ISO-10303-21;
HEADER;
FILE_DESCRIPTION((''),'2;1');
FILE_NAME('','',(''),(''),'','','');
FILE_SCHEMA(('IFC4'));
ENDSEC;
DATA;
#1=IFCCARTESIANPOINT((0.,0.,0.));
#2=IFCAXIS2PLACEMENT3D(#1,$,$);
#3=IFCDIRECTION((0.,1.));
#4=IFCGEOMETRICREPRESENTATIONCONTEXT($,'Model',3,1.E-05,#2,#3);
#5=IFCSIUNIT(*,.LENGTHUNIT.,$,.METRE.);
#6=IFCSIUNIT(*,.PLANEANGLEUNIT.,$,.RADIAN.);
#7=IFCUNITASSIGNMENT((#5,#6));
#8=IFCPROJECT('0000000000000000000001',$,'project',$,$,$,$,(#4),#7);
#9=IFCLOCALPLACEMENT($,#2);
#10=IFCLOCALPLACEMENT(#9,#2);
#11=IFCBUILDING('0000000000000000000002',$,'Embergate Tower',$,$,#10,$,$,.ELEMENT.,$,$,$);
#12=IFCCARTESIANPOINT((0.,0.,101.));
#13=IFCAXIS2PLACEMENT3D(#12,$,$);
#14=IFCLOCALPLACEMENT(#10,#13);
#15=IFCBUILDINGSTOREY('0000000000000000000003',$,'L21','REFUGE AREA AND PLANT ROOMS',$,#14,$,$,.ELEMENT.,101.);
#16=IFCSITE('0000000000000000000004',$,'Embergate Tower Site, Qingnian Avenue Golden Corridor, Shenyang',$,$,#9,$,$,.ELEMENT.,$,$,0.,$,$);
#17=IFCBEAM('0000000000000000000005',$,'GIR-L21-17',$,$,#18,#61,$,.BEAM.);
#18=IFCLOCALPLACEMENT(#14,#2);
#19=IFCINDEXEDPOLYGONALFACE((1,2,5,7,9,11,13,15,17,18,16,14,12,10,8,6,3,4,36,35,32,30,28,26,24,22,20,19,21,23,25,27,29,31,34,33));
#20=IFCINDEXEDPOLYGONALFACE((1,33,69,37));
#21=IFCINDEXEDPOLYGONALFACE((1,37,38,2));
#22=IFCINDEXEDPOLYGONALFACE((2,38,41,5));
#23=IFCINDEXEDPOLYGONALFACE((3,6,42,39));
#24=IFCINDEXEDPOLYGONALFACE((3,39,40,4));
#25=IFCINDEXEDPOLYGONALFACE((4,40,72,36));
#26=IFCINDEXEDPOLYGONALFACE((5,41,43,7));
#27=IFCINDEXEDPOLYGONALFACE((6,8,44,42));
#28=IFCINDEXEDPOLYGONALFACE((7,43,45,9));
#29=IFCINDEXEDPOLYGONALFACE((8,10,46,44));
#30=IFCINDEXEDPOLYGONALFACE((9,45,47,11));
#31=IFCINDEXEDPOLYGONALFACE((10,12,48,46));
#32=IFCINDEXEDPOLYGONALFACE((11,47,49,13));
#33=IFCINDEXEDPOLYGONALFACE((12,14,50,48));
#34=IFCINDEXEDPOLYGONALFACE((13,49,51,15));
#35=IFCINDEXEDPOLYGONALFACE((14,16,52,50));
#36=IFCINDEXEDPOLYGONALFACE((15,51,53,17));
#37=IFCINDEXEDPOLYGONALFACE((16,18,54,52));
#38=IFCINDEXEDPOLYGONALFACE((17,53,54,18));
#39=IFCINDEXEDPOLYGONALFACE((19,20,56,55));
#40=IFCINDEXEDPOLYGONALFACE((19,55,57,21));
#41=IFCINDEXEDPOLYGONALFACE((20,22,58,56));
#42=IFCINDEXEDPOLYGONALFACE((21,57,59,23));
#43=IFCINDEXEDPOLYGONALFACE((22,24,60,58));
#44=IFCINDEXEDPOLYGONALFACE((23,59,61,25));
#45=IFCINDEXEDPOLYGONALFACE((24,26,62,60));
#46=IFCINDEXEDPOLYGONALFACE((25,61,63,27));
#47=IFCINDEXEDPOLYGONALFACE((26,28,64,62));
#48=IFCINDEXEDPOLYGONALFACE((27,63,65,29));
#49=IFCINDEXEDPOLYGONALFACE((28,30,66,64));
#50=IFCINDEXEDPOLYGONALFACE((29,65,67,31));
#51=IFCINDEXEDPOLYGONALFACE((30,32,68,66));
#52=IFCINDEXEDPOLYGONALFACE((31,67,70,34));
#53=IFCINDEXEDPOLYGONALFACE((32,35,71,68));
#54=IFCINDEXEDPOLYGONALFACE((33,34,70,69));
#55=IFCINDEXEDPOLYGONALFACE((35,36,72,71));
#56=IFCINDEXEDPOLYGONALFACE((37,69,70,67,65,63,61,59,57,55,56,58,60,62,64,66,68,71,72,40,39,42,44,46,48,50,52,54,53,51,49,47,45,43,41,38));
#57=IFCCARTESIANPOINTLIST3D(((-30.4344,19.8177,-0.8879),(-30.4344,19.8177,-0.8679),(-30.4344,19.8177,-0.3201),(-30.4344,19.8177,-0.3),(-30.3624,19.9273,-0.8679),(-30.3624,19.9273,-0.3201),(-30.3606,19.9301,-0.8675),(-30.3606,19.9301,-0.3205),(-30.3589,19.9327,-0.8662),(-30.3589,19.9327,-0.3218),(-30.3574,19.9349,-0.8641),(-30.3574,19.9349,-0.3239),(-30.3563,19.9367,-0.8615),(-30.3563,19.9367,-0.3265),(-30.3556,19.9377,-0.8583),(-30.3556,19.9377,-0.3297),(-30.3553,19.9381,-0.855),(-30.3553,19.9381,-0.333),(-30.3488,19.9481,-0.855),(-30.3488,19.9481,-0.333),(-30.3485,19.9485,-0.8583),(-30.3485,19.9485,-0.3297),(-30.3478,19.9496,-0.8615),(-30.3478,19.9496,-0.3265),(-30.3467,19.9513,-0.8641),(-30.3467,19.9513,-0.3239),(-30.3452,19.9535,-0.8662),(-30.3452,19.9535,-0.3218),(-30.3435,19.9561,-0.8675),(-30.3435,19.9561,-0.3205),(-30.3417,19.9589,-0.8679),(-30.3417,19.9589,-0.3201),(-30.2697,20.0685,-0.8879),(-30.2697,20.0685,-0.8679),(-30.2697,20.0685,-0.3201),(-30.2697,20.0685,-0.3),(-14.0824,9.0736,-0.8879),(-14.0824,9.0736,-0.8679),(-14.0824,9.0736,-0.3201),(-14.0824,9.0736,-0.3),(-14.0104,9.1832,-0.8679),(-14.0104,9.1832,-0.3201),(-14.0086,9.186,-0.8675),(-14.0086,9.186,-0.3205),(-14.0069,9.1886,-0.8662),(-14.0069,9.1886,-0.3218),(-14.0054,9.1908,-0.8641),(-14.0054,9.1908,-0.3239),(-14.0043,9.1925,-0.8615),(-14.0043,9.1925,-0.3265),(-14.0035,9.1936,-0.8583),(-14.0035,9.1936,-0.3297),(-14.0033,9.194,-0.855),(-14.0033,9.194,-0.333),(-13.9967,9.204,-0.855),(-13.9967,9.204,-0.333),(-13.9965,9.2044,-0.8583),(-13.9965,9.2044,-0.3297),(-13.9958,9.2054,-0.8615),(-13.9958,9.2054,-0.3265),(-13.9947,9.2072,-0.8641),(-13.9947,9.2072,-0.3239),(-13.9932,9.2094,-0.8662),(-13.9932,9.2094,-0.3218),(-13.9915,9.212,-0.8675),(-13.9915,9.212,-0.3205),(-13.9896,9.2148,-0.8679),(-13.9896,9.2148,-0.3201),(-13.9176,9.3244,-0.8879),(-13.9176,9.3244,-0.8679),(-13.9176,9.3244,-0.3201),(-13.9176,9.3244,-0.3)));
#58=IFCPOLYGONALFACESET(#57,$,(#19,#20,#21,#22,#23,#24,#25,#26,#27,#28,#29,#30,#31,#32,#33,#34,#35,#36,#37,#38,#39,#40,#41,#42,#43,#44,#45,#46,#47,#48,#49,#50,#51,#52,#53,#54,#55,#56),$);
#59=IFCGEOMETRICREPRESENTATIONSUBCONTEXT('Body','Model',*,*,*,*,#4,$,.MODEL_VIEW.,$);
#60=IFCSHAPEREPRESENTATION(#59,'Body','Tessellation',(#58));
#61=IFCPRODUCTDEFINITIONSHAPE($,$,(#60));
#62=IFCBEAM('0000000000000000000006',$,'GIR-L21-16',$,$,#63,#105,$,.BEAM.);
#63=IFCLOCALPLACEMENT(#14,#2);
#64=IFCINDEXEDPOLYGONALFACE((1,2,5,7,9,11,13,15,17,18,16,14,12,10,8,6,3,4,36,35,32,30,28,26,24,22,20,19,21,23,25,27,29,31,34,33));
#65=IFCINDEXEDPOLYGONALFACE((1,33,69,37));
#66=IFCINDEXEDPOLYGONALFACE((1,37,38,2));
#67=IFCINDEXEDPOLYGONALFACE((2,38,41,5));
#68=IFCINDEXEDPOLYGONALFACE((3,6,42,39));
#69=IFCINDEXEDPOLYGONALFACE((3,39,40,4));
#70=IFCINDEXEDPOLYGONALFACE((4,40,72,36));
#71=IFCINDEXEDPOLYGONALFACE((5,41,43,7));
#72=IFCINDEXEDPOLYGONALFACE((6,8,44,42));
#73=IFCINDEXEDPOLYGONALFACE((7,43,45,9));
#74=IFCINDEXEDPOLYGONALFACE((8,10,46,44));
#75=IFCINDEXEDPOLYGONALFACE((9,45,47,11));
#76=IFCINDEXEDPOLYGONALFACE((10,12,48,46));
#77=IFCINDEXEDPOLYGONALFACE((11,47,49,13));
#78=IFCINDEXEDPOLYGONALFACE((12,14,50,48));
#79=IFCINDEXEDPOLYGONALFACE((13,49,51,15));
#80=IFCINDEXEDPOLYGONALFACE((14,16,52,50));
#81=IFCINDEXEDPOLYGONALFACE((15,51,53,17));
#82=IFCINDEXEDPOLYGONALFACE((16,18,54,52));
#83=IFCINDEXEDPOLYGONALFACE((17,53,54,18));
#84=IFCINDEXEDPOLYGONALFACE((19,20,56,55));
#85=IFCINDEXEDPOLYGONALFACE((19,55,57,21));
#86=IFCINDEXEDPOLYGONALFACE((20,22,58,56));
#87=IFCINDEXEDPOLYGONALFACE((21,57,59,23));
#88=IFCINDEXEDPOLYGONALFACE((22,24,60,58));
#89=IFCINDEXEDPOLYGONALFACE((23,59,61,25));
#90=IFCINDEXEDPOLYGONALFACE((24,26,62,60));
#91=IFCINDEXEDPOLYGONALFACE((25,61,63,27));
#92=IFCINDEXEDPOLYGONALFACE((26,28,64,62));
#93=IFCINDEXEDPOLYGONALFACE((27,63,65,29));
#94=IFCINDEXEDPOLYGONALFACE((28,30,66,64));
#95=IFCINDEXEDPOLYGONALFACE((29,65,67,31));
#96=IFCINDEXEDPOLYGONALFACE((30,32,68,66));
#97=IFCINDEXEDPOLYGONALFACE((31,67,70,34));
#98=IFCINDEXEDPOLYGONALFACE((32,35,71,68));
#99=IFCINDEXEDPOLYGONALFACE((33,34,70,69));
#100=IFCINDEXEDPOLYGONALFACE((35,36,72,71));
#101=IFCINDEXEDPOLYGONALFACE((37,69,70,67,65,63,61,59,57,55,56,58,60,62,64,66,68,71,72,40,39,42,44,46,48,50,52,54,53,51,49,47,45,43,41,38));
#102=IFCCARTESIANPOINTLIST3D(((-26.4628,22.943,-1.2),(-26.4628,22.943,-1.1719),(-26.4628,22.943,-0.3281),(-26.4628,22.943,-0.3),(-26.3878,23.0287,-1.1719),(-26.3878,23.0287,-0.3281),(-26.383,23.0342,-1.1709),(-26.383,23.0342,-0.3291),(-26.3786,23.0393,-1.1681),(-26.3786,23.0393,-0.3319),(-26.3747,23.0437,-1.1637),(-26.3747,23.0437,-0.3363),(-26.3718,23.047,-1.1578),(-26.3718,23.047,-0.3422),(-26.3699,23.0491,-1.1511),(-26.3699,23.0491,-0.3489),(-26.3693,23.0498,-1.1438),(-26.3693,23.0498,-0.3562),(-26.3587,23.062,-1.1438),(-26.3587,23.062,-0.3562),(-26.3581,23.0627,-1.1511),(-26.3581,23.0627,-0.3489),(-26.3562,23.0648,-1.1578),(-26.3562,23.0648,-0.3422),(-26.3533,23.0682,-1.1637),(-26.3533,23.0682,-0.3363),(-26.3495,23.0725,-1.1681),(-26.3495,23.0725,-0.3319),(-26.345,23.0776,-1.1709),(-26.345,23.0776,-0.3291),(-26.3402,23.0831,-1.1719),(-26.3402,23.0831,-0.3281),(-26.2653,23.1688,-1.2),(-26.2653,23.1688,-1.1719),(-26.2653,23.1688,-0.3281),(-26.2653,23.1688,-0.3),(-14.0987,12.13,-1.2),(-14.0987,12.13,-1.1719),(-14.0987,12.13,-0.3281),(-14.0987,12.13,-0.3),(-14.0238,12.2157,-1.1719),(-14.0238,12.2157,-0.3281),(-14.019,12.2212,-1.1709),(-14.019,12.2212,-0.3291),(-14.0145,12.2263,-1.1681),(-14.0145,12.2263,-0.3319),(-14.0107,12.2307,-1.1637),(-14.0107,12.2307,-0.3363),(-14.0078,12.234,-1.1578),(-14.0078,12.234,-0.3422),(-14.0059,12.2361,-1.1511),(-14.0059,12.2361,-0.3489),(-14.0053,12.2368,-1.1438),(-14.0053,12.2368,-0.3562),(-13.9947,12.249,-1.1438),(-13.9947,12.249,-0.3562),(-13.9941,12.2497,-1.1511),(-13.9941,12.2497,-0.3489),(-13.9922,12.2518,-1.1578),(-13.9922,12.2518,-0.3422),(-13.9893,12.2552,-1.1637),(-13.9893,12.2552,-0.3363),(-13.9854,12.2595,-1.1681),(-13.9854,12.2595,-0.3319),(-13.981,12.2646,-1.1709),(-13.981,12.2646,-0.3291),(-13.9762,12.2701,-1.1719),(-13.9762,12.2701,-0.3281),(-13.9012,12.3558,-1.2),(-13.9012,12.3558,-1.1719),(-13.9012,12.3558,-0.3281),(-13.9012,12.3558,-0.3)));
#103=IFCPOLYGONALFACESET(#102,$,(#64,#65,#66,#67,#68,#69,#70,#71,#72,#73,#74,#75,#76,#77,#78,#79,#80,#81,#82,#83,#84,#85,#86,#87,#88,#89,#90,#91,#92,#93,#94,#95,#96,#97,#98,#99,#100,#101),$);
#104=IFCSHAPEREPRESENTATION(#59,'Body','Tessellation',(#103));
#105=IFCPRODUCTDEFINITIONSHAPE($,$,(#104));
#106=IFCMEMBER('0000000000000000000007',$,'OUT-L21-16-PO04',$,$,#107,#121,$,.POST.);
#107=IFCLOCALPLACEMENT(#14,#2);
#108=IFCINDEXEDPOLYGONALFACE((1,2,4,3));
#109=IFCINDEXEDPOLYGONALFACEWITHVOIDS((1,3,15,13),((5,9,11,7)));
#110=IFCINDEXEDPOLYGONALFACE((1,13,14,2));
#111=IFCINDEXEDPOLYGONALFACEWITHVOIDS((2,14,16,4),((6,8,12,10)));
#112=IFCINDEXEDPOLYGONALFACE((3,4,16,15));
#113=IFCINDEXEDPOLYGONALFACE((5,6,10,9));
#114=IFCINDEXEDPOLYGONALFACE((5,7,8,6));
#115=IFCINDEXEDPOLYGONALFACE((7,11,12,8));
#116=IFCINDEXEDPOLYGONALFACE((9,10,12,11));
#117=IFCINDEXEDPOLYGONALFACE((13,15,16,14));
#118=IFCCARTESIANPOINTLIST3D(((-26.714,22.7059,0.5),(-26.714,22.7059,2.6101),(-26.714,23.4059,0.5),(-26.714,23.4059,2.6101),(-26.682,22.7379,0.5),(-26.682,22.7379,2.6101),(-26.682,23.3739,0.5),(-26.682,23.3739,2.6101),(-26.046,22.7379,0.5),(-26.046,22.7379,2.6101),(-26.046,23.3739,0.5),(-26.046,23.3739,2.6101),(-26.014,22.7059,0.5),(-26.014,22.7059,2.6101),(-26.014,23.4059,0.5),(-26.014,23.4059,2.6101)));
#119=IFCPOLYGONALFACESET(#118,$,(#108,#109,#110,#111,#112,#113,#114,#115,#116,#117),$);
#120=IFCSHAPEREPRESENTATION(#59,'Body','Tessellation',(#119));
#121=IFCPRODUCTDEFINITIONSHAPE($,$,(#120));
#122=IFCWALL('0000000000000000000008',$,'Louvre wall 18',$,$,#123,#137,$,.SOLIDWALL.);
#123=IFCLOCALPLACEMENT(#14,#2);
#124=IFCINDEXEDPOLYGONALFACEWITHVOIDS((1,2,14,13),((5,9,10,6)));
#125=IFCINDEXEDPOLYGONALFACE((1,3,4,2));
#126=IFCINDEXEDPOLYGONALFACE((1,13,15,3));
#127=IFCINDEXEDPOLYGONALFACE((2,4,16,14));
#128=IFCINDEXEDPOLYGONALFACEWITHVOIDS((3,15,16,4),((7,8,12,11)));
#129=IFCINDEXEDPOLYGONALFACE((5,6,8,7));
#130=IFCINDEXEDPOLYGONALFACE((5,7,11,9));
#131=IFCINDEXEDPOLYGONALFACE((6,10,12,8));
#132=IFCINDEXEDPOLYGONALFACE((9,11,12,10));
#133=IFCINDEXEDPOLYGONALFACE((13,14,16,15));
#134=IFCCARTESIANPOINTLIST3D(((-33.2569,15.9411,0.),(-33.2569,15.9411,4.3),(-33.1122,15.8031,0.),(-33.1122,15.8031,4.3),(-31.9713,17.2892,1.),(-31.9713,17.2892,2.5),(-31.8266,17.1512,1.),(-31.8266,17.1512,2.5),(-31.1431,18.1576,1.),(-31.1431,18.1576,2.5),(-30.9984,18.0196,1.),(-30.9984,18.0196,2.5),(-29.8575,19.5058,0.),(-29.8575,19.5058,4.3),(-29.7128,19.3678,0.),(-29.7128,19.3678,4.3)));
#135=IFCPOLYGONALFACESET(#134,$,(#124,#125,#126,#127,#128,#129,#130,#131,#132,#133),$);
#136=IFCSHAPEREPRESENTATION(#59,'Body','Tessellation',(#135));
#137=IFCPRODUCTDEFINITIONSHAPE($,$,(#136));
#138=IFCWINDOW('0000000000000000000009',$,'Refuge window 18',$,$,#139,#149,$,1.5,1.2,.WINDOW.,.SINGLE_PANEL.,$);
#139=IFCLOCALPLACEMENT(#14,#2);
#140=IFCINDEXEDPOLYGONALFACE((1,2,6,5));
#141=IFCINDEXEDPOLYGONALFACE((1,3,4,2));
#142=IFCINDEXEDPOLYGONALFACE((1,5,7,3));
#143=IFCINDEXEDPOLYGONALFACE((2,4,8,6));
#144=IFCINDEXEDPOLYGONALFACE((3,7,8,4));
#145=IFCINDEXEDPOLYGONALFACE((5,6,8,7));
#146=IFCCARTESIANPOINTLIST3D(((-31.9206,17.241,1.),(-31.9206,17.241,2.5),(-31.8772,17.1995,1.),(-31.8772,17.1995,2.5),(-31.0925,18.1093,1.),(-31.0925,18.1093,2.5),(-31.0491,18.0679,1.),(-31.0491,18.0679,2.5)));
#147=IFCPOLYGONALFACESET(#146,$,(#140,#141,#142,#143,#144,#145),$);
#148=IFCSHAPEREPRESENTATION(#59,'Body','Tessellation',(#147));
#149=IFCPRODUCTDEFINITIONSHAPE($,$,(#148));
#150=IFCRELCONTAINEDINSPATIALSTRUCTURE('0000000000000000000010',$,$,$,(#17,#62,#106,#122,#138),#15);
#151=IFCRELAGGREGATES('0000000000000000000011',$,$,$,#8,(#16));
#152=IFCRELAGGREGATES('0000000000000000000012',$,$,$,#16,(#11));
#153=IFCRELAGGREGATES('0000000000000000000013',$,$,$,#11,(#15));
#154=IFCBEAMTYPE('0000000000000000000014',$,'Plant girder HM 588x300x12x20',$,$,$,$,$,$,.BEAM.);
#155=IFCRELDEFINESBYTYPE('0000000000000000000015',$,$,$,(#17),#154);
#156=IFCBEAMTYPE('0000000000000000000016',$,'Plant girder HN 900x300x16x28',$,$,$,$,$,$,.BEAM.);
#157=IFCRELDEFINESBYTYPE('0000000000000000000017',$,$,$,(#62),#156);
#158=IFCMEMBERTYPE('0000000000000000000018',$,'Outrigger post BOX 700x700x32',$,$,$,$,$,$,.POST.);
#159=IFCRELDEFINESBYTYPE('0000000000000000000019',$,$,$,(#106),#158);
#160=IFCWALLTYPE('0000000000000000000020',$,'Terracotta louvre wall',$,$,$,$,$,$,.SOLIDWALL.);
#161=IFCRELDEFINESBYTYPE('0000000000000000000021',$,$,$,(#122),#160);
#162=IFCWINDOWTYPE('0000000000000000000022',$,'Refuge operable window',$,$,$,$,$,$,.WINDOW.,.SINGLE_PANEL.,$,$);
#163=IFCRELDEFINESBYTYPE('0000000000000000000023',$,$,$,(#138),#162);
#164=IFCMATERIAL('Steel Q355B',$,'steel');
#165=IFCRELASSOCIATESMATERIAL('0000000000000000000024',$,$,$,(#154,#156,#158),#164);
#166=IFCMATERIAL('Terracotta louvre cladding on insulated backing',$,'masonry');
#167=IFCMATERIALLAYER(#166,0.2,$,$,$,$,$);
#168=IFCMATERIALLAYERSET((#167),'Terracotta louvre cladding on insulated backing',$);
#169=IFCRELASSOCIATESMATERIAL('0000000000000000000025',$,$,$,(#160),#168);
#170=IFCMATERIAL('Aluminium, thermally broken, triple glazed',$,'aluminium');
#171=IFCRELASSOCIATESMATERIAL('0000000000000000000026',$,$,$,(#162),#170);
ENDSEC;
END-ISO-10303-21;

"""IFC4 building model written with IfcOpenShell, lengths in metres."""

from ifc_helpers import new_model, si_unit, direction, frame, frame_2d, origin, origin_2d, place, context, subcontext, project, spatial, rectangle, hollow_rectangle, i_section, extrude, source, transform, mapped, material, layer, layer_set, material_profile, profile_set, type_object, element, fill, save


model = new_model("IFC4")

# Units and contexts
model_context = context("Model", 3, precision=1e-05, world=origin(), true_north=direction((0.0, 1.0)))
body_context = subcontext(model_context, "Body", "Model", "MODEL_VIEW")
ifc_project = project(units=[si_unit("LENGTHUNIT", "METRE"), si_unit("PLANEANGLEUNIT", "RADIAN")], contexts=[model_context])

# Site, building, storey
site_placement = place(None, origin())
site = spatial("IfcSite", under=ifc_project, at=site_placement, Name="Embergate Tower Site, Qingnian Avenue Golden Corridor, Shenyang", CompositionType="ELEMENT", RefElevation=0.0)
building_placement = place(site_placement, origin())
building = spatial("IfcBuilding", under=site, at=building_placement, Name="Embergate Tower", CompositionType="ELEMENT")
storey_placement = place(building_placement, frame((0.0, 0.0, 101.0)))
storey = spatial("IfcBuildingStorey", under=building, at=storey_placement, Name="L21", Description="REFUGE AREA AND PLANT ROOMS", CompositionType="ELEMENT", Elevation=101.0)

# Beams
ifc_material_1 = material(Name="Steel Q355B", Category="steel")
ifc_material_profile_1 = material_profile(ifc_material_1, i_section(OverallWidth=0.3, OverallDepth=0.5879, WebThickness=0.012, FlangeThickness=0.02, FilletRadius=0.0129, at=origin_2d()), Name="HM 588x300x12x20")
ifc_profile_set_1 = profile_set([ifc_material_profile_1], Name="Steel Q355 grade B")
beam_type_1 = type_object("IfcBeamType", Name="Plant girder HM 588x300x12x20", PredefinedType="BEAM", material=ifc_profile_set_1)
shared_shape_1 = source(origin(), body_context, "Body", "SweptSolid", [
    extrude(i_section(OverallWidth=0.3, OverallDepth=0.5879, WebThickness=0.012, FlangeThickness=0.02, FilletRadius=0.0129, at=origin_2d()), origin(), (0.0, 0.0, 1.0), 19.5659),
])
beam_1_placement = place(storey_placement, frame((-30.3521, 19.9431, -0.594), z_axis=(0.83574, -0.549125, 0.0), x_axis=(0.549125, 0.83574, 0.0)))
element("IfcBeam", 1, at=beam_1_placement, inside=storey, type_object=beam_type_1, Name="GIR-L21-17", PredefinedType="BEAM", context=body_context, shape_type="MappedRepresentation", body=[
    mapped(shared_shape_1, transform((0.0, 0.0, 0.0))),
])
ifc_material_profile_2 = material_profile(ifc_material_1, i_section(OverallWidth=0.3, OverallDepth=0.8999, WebThickness=0.0161, FlangeThickness=0.0281, FilletRadius=0.0281, at=origin_2d()), Name="HN 900x300x16x28")
ifc_profile_set_2 = profile_set([ifc_material_profile_2], Name="Steel Q355 grade B")
beam_type_2 = type_object("IfcBeamType", Name="Plant girder HN 900x300x16x28", PredefinedType="BEAM", material=ifc_profile_set_2)
shared_shape_2 = source(origin(), body_context, "Body", "SweptSolid", [
    extrude(i_section(OverallWidth=0.3, OverallDepth=0.8999, WebThickness=0.0161, FlangeThickness=0.0281, FilletRadius=0.0281, at=origin_2d()), origin(), (0.0, 0.0, 1.0), 16.4253),
])
beam_2_placement = place(storey_placement, frame((-26.364, 23.0559, -0.75), z_axis=(0.752743, -0.658314, 0.0), x_axis=(0.658314, 0.752743, 0.0)))
element("IfcBeam", 2, at=beam_2_placement, inside=storey, type_object=beam_type_2, Name="GIR-L21-16", PredefinedType="BEAM", context=body_context, shape_type="MappedRepresentation", body=[
    mapped(shared_shape_2, transform((0.0, 0.0, 0.0))),
])

# Member
ifc_material_profile_3 = material_profile(ifc_material_1, hollow_rectangle(XDim=0.7, YDim=0.7, WallThickness=0.032, at=origin_2d()), Name="BOX 700x700x32")
ifc_profile_set_3 = profile_set([ifc_material_profile_3], Name="Steel Q355 grade B")
member_type = type_object("IfcMemberType", Name="Outrigger post BOX 700x700x32", PredefinedType="POST", material=ifc_profile_set_3)
shared_shape_3 = source(origin(), body_context, "Body", "SweptSolid", [
    extrude(hollow_rectangle(XDim=0.7, YDim=0.7, WallThickness=0.032, at=origin_2d()), origin(), (0.0, 0.0, 1.0), 2.1101),
])
member_placement = place(storey_placement, frame((-26.364, 23.0559, 0.5), z_axis=(0.0, 0.0, 1.0), x_axis=(1.0, 0.0, 0.0)))
element("IfcMember", 3, at=member_placement, inside=storey, type_object=member_type, Name="OUT-L21-16-PO04", PredefinedType="POST", context=body_context, shape_type="MappedRepresentation", body=[
    mapped(shared_shape_3, transform((0.0, 0.0, 0.0))),
])

# Wall, opening, window
ifc_material_2 = material(Name="Terracotta louvre cladding on insulated backing", Category="masonry")
ifc_layer_1 = layer(ifc_material_2, 0.2)
ifc_layer_set_1 = layer_set([ifc_layer_1], Name="Terracotta louvre cladding on insulated backing")
wall_type_1 = type_object("IfcWallType", Name="Terracotta louvre wall", PredefinedType="SOLIDWALL", material=ifc_layer_set_1)
shared_shape_4 = source(origin(), body_context, "Body", "SweptSolid", [
    extrude(rectangle(XDim=4.9258, YDim=0.2, at=frame_2d((2.4629, 0.0))), origin(), (0.0, 0.0, 1.0), 4.3),
])
wall_1_placement = place(storey_placement, frame((-33.1846, 15.8721, 0.0), z_axis=(0.0, 0.0, 1.0), x_axis=(0.69013, 0.723685, 0.0)))
wall_1 = element("IfcWall", 4, at=wall_1_placement, inside=storey, type_object=wall_type_1, Name="Louvre wall 18", PredefinedType="SOLIDWALL", context=body_context, shape_type="MappedRepresentation", body=[
    mapped(shared_shape_4, transform((0.0, 0.0, 0.0))),
])
shared_shape_5 = source(origin(), body_context, "Body", "SweptSolid", [
    extrude(rectangle(XDim=1.2, YDim=1.5, at=frame_2d((0.6001, 0.75))), frame((0.0, 0.1099, 0.0), z_axis=(0.0, -1.0, 0.0), x_axis=(1.0, 0.0, 0.0)), (0.0, 0.0, 1.0), 0.22),
])
opening_1_placement = place(wall_1_placement, frame((1.8628, 0.0, 1.0)))
opening_1 = element("IfcOpeningElement", 5, at=opening_1_placement, cuts=wall_1, PredefinedType="OPENING", context=body_context, shape_type="MappedRepresentation", body=[
    mapped(shared_shape_5, transform((0.0, 0.0, 0.0))),
])
ifc_material_3 = material(Name="Aluminium, thermally broken, triple glazed", Category="aluminium")
window_type = type_object("IfcWindowType", Name="Refuge operable window", PartitioningType="SINGLE_PANEL", PredefinedType="WINDOW", material=ifc_material_3)
shared_shape_6 = source(origin(), body_context, "Body", "SweptSolid", [
    extrude(rectangle(XDim=1.2, YDim=1.5, at=frame_2d((0.6001, 0.75))), frame((0.0, 0.03, 0.0), z_axis=(0.0, -1.0, 0.0), x_axis=(1.0, 0.0, 0.0)), (0.0, 0.0, 1.0), 0.0601),
])
window_1_placement = place(opening_1_placement, origin())
window_1 = element("IfcWindow", 6, at=window_1_placement, inside=storey, type_object=window_type, Name="Refuge window 18", OverallHeight=1.5, OverallWidth=1.2, PartitioningType="SINGLE_PANEL", PredefinedType="WINDOW", context=body_context, shape_type="MappedRepresentation", body=[
    mapped(shared_shape_6, transform((0.0, 0.0, 0.0))),
])
fill(opening_1, window_1)

save(model, "model.ifc")
